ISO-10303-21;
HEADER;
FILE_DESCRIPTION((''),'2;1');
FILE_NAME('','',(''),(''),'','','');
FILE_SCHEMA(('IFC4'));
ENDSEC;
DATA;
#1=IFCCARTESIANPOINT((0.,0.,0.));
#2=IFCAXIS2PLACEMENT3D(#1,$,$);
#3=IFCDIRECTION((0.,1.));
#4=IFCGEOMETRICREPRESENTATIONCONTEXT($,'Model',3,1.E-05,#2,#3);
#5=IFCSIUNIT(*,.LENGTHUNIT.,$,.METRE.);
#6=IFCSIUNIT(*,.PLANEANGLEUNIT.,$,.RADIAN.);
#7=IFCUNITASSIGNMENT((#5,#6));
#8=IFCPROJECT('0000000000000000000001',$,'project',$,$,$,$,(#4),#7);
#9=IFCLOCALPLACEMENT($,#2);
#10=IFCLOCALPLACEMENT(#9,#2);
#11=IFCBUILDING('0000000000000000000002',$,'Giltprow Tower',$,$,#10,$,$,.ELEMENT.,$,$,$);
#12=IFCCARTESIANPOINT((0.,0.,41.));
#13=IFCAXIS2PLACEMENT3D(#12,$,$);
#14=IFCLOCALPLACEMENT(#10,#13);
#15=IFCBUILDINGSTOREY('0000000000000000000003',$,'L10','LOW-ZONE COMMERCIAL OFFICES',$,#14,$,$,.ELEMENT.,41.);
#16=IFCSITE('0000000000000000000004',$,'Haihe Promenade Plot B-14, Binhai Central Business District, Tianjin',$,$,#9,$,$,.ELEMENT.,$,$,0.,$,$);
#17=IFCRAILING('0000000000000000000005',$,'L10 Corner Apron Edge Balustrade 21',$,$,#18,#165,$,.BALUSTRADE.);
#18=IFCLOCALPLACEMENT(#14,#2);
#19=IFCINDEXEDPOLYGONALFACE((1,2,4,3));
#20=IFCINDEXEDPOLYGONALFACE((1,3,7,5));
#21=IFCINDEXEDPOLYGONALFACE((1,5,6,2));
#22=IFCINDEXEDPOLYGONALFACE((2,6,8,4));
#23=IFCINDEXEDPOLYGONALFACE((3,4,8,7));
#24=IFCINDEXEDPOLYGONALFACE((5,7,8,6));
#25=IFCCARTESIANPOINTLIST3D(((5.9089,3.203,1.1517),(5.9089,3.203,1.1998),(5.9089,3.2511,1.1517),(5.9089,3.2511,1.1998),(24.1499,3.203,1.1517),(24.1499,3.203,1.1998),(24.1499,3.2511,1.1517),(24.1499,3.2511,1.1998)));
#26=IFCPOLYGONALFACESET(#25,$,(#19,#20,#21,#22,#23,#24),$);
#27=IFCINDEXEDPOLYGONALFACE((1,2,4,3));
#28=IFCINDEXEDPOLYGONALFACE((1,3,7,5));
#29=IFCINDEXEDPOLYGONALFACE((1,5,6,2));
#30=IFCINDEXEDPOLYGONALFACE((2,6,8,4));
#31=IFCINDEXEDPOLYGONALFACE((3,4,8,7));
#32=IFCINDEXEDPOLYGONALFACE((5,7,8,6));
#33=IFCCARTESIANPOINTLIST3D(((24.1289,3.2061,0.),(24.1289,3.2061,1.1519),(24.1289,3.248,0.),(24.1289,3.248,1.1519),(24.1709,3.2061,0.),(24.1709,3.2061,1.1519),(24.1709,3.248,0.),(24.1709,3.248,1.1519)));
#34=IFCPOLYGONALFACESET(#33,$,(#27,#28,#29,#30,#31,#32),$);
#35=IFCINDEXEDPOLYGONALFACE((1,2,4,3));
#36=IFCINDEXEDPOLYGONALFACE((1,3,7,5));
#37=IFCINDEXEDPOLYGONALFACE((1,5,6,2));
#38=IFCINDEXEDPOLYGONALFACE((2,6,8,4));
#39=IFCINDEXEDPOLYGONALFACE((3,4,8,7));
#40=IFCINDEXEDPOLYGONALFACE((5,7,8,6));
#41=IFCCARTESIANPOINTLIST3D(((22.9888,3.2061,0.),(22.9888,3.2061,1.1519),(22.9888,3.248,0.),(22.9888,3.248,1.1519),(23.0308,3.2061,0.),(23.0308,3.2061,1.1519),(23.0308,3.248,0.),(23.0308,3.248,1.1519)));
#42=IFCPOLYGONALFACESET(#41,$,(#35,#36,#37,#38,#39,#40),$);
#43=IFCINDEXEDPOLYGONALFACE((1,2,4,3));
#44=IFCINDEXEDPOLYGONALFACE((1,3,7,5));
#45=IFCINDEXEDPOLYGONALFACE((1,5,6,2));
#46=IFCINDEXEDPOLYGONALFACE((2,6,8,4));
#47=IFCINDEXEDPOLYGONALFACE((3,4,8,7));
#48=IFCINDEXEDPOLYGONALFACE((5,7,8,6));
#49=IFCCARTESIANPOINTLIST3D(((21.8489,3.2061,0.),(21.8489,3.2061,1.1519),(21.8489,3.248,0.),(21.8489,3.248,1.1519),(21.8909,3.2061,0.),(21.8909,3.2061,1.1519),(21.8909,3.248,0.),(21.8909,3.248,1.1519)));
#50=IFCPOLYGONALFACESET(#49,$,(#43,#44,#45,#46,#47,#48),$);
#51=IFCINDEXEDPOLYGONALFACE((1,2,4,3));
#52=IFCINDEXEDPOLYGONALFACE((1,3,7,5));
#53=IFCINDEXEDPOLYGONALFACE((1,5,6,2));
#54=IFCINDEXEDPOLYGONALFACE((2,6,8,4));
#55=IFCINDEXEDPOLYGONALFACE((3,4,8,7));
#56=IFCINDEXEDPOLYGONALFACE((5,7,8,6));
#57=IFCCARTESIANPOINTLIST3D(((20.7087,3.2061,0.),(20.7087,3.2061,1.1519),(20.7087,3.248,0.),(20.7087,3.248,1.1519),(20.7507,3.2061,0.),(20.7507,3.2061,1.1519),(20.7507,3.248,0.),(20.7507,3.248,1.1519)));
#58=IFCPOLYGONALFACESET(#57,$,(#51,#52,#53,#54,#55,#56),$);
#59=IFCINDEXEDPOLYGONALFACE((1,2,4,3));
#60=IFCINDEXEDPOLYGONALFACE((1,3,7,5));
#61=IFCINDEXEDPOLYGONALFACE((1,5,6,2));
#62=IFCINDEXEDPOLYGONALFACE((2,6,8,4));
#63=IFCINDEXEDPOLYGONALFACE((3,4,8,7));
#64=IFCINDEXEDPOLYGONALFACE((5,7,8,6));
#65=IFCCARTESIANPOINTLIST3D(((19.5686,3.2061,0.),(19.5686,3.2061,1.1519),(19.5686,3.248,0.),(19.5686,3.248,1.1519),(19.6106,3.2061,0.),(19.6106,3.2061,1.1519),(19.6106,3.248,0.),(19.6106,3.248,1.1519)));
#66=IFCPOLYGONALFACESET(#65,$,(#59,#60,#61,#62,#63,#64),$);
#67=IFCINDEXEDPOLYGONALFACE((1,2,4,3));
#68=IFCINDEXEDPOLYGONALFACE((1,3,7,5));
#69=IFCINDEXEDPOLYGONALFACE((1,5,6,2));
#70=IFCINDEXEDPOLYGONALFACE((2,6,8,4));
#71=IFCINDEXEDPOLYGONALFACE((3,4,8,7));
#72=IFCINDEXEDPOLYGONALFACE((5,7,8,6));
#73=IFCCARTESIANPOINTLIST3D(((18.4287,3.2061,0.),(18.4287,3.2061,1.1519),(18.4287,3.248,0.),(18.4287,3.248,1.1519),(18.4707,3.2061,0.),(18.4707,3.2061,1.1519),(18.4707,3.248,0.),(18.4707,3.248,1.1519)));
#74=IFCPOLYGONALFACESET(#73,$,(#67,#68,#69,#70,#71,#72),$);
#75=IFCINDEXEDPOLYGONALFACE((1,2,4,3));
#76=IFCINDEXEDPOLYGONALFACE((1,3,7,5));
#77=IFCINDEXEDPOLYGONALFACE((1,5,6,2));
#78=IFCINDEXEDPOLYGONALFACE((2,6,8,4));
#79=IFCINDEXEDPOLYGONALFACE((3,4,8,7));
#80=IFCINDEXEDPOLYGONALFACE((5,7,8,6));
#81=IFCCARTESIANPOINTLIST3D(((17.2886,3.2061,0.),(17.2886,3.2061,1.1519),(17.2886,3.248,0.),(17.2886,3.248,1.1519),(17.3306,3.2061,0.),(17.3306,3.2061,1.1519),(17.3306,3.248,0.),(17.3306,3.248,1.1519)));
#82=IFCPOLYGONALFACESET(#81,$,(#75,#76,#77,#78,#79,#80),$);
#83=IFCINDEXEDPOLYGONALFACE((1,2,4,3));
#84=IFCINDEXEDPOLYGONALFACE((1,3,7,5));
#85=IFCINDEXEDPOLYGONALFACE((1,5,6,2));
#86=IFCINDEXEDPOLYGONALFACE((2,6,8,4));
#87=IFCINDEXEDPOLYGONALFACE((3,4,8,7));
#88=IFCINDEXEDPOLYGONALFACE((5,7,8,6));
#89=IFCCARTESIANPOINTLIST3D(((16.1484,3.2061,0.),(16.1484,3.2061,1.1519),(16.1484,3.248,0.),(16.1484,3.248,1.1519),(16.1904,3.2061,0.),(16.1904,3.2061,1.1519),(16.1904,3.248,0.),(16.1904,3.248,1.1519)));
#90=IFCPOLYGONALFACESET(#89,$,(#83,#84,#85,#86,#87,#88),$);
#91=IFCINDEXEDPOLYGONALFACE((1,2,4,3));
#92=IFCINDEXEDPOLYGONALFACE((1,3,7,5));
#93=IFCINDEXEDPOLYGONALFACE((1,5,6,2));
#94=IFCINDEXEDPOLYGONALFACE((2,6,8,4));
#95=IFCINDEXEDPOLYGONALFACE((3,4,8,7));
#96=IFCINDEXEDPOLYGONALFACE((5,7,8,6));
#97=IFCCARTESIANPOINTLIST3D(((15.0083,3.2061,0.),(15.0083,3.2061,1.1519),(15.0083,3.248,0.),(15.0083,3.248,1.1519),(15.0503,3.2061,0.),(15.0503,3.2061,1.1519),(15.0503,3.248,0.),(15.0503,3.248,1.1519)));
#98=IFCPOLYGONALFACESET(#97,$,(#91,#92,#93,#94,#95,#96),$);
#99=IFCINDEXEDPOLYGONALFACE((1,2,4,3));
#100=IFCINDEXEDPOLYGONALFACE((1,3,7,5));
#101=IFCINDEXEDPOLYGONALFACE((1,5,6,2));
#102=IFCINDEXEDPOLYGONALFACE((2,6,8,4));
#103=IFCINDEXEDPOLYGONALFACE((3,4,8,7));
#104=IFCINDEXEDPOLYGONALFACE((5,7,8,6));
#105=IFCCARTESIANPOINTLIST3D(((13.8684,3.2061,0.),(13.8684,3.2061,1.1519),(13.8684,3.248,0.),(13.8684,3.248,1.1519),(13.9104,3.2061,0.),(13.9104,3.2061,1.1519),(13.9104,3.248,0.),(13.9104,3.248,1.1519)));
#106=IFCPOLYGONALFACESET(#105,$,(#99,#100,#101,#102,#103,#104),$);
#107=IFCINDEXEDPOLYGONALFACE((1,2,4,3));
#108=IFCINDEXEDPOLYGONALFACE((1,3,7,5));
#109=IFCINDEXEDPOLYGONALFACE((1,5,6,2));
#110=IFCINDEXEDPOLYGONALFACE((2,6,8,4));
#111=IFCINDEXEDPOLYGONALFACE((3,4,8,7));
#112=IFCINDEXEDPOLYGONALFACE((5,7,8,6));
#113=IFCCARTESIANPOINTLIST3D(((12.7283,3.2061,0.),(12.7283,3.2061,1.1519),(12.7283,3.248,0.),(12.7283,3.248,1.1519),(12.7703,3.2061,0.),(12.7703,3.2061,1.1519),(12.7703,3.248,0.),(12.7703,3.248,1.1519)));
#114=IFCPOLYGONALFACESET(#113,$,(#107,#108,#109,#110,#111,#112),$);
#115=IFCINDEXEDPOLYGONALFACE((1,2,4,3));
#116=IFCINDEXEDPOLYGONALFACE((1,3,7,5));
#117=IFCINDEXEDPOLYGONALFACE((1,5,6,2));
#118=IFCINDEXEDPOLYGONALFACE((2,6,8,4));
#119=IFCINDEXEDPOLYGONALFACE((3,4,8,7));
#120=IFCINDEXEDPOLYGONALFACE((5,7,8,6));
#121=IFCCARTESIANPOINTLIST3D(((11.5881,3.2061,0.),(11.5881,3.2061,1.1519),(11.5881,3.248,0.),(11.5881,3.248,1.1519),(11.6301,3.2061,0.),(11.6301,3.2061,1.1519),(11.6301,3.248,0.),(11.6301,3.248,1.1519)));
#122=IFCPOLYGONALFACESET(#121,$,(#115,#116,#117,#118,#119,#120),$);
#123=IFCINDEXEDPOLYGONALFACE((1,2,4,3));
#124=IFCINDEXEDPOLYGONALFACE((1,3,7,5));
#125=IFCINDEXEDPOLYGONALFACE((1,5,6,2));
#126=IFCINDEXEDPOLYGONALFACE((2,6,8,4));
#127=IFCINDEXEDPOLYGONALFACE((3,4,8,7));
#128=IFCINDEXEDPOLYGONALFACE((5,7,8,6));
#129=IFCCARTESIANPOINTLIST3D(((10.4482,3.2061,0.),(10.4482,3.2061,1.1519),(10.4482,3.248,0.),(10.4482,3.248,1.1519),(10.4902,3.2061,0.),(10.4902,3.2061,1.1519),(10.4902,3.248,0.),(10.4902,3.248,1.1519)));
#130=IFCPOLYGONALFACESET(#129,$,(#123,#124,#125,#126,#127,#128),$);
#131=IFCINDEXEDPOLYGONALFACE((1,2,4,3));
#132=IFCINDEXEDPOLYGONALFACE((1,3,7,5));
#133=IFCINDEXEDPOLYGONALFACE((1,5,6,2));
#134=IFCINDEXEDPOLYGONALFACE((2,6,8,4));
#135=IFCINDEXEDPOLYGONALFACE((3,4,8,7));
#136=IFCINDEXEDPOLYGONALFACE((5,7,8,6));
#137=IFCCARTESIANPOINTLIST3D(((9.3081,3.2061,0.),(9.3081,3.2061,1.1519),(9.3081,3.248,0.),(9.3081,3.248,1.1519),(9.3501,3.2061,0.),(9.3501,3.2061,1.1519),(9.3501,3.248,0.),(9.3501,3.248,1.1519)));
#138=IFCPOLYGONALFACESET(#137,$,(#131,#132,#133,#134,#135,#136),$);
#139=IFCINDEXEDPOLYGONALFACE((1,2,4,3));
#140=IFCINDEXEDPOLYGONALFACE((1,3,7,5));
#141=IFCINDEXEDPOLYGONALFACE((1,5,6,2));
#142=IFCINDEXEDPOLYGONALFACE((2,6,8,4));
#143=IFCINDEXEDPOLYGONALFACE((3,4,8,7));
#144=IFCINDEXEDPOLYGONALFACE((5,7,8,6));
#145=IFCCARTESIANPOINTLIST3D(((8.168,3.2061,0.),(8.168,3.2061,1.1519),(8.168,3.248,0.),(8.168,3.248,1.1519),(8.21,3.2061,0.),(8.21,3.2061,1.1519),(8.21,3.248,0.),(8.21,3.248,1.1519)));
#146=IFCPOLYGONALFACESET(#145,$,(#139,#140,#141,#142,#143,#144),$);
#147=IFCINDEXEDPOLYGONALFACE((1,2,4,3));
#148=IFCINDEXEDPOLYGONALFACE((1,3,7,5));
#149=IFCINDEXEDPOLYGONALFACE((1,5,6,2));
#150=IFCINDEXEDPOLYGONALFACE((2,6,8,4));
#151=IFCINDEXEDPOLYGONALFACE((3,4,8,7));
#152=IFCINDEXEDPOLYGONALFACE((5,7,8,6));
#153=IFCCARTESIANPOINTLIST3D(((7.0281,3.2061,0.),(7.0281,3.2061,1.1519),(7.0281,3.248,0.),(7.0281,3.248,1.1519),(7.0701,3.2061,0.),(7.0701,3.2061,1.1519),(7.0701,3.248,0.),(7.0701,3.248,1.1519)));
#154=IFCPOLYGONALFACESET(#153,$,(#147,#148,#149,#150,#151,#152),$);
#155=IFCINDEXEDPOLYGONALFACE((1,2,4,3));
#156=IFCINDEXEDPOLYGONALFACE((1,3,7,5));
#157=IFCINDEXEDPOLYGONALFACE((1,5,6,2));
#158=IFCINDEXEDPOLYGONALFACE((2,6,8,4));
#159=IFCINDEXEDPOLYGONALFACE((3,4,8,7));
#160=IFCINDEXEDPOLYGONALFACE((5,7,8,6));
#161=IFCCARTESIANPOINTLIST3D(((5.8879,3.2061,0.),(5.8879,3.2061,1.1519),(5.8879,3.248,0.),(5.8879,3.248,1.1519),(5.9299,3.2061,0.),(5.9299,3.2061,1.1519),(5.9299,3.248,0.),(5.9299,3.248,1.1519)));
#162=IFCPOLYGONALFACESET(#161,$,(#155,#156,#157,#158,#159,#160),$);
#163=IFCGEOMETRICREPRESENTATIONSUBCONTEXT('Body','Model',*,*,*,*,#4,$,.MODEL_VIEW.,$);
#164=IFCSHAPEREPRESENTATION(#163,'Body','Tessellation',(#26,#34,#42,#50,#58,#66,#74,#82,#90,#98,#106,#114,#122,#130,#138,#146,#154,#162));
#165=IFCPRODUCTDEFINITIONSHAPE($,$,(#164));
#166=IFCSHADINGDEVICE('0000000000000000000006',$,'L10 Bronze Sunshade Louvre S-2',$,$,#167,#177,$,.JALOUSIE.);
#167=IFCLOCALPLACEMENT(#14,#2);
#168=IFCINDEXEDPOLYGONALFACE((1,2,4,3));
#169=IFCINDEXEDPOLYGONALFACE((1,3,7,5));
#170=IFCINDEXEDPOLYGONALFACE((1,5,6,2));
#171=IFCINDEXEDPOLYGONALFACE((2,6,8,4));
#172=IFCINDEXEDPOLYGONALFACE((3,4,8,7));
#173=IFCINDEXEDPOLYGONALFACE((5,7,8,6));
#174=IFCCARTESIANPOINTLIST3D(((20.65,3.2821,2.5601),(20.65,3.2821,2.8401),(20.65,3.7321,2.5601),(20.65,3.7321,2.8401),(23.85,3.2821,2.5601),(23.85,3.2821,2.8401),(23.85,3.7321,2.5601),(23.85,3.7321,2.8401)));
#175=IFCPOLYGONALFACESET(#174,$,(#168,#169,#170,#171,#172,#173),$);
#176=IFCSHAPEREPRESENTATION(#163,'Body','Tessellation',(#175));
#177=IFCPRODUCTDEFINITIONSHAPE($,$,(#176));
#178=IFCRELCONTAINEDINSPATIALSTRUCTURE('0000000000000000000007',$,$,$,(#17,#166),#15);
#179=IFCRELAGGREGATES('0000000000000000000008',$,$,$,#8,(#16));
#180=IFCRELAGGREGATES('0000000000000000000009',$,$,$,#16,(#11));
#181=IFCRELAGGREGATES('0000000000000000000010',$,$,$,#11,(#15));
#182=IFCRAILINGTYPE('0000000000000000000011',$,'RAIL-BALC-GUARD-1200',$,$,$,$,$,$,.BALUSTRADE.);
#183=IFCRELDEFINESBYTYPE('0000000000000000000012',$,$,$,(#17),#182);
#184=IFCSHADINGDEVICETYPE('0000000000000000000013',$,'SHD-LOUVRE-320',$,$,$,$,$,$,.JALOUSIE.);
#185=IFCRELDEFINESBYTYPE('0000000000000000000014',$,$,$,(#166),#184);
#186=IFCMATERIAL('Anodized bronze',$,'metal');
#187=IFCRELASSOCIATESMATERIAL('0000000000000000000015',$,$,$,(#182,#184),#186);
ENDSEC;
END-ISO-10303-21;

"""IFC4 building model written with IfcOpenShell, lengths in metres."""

from ifc_helpers import new_model, si_unit, direction, frame, origin, origin_2d, place, context, subcontext, project, spatial, rectangle, extrude, source, transform, mapped, material, type_object, element, save


model = new_model("IFC4")

# Units and contexts
model_context = context("Model", 3, precision=1e-05, world=origin(), true_north=direction((0.0, 1.0)))
body_context = subcontext(model_context, "Body", "Model", "MODEL_VIEW")
ifc_project = project(units=[si_unit("LENGTHUNIT", "METRE"), si_unit("PLANEANGLEUNIT", "RADIAN")], contexts=[model_context])

# Site, building, storey
site_placement = place(None, origin())
site = spatial("IfcSite", under=ifc_project, at=site_placement, Name="Haihe Promenade Plot B-14, Binhai Central Business District, Tianjin", CompositionType="ELEMENT", RefElevation=0.0)
building_placement = place(site_placement, origin())
building = spatial("IfcBuilding", under=site, at=building_placement, Name="Giltprow Tower", CompositionType="ELEMENT")
storey_placement = place(building_placement, frame((0.0, 0.0, 41.0)))
storey = spatial("IfcBuildingStorey", under=building, at=storey_placement, Name="L10", Description="LOW-ZONE COMMERCIAL OFFICES", CompositionType="ELEMENT", Elevation=41.0)

# Shared definitions
ifc_material_1 = material(Name="Anodized bronze", Category="metal")

# Railing
railing_type = type_object("IfcRailingType", Name="RAIL-BALC-GUARD-1200", PredefinedType="BALUSTRADE", material=ifc_material_1)
railing_1_placement = place(storey_placement, frame((24.1499, 3.2271, 0.0)))
element("IfcRailing", 1, at=railing_1_placement, inside=storey, type_object=railing_type, Name="L10 Corner Apron Edge Balustrade 21", PredefinedType="BALUSTRADE", context=body_context, shape_type="SweptSolid", body=[
    extrude(rectangle(XDim=0.0481, YDim=0.0481, at=origin_2d()), frame((0.0, 0.0, 1.1758), z_axis=(-1.0, 0.0, 0.0), x_axis=(0.0, -1.0, 0.0)), (0.0, 0.0, 1.0), 18.241),
    extrude(rectangle(XDim=0.042, YDim=0.042, at=origin_2d()), origin(), (0.0, 0.0, 1.0), 1.1519),
    extrude(rectangle(XDim=0.042, YDim=0.042, at=origin_2d()), frame((-1.1401, 0.0, 0.0)), (0.0, 0.0, 1.0), 1.1519),
    extrude(rectangle(XDim=0.042, YDim=0.042, at=origin_2d()), frame((-2.28, 0.0, 0.0)), (0.0, 0.0, 1.0), 1.1519),
    extrude(rectangle(XDim=0.042, YDim=0.042, at=origin_2d()), frame((-3.4202, 0.0, 0.0)), (0.0, 0.0, 1.0), 1.1519),
    extrude(rectangle(XDim=0.042, YDim=0.042, at=origin_2d()), frame((-4.5603, 0.0, 0.0)), (0.0, 0.0, 1.0), 1.1519),
    extrude(rectangle(XDim=0.042, YDim=0.042, at=origin_2d()), frame((-5.7002, 0.0, 0.0)), (0.0, 0.0, 1.0), 1.1519),
    extrude(rectangle(XDim=0.042, YDim=0.042, at=origin_2d()), frame((-6.8403, 0.0, 0.0)), (0.0, 0.0, 1.0), 1.1519),
    extrude(rectangle(XDim=0.042, YDim=0.042, at=origin_2d()), frame((-7.9805, 0.0, 0.0)), (0.0, 0.0, 1.0), 1.1519),
    extrude(rectangle(XDim=0.042, YDim=0.042, at=origin_2d()), frame((-9.1206, 0.0, 0.0)), (0.0, 0.0, 1.0), 1.1519),
    extrude(rectangle(XDim=0.042, YDim=0.042, at=origin_2d()), frame((-10.2605, 0.0, 0.0)), (0.0, 0.0, 1.0), 1.1519),
    extrude(rectangle(XDim=0.042, YDim=0.042, at=origin_2d()), frame((-11.4006, 0.0, 0.0)), (0.0, 0.0, 1.0), 1.1519),
    extrude(rectangle(XDim=0.042, YDim=0.042, at=origin_2d()), frame((-12.5408, 0.0, 0.0)), (0.0, 0.0, 1.0), 1.1519),
    extrude(rectangle(XDim=0.042, YDim=0.042, at=origin_2d()), frame((-13.6807, 0.0, 0.0)), (0.0, 0.0, 1.0), 1.1519),
    extrude(rectangle(XDim=0.042, YDim=0.042, at=origin_2d()), frame((-14.8208, 0.0, 0.0)), (0.0, 0.0, 1.0), 1.1519),
    extrude(rectangle(XDim=0.042, YDim=0.042, at=origin_2d()), frame((-15.9609, 0.0, 0.0)), (0.0, 0.0, 1.0), 1.1519),
    extrude(rectangle(XDim=0.042, YDim=0.042, at=origin_2d()), frame((-17.1008, 0.0, 0.0)), (0.0, 0.0, 1.0), 1.1519),
    extrude(rectangle(XDim=0.042, YDim=0.042, at=origin_2d()), frame((-18.241, 0.0, 0.0)), (0.0, 0.0, 1.0), 1.1519),
])

# Shading device
shading_device_type = type_object("IfcShadingDeviceType", Name="SHD-LOUVRE-320", PredefinedType="JALOUSIE", material=ifc_material_1)
shared_shape_1 = source(origin(), body_context, "Body", "SweptSolid", [
    extrude(rectangle(XDim=3.2, YDim=0.45, at=origin_2d()), origin(), (0.0, 0.0, 1.0), 0.28),
])
shading_device_placement = place(storey_placement, frame((22.25, 3.5071, 2.5601), z_axis=(0.0, 0.0, 1.0), x_axis=(1.0, 0.0, 0.0)))
element("IfcShadingDevice", 2, at=shading_device_placement, inside=storey, type_object=shading_device_type, Name="L10 Bronze Sunshade Louvre S-2", PredefinedType="JALOUSIE", context=body_context, shape_type="MappedRepresentation", body=[
    mapped(shared_shape_1, transform((0.0, 0.0, 0.0), x_axis=(1.0, 0.0, 0.0), y_axis=(0.0, 1.0, 0.0), z_axis=(0.0, 0.0, 1.0), scale=1.0)),
])

save(model, "model.ifc")
